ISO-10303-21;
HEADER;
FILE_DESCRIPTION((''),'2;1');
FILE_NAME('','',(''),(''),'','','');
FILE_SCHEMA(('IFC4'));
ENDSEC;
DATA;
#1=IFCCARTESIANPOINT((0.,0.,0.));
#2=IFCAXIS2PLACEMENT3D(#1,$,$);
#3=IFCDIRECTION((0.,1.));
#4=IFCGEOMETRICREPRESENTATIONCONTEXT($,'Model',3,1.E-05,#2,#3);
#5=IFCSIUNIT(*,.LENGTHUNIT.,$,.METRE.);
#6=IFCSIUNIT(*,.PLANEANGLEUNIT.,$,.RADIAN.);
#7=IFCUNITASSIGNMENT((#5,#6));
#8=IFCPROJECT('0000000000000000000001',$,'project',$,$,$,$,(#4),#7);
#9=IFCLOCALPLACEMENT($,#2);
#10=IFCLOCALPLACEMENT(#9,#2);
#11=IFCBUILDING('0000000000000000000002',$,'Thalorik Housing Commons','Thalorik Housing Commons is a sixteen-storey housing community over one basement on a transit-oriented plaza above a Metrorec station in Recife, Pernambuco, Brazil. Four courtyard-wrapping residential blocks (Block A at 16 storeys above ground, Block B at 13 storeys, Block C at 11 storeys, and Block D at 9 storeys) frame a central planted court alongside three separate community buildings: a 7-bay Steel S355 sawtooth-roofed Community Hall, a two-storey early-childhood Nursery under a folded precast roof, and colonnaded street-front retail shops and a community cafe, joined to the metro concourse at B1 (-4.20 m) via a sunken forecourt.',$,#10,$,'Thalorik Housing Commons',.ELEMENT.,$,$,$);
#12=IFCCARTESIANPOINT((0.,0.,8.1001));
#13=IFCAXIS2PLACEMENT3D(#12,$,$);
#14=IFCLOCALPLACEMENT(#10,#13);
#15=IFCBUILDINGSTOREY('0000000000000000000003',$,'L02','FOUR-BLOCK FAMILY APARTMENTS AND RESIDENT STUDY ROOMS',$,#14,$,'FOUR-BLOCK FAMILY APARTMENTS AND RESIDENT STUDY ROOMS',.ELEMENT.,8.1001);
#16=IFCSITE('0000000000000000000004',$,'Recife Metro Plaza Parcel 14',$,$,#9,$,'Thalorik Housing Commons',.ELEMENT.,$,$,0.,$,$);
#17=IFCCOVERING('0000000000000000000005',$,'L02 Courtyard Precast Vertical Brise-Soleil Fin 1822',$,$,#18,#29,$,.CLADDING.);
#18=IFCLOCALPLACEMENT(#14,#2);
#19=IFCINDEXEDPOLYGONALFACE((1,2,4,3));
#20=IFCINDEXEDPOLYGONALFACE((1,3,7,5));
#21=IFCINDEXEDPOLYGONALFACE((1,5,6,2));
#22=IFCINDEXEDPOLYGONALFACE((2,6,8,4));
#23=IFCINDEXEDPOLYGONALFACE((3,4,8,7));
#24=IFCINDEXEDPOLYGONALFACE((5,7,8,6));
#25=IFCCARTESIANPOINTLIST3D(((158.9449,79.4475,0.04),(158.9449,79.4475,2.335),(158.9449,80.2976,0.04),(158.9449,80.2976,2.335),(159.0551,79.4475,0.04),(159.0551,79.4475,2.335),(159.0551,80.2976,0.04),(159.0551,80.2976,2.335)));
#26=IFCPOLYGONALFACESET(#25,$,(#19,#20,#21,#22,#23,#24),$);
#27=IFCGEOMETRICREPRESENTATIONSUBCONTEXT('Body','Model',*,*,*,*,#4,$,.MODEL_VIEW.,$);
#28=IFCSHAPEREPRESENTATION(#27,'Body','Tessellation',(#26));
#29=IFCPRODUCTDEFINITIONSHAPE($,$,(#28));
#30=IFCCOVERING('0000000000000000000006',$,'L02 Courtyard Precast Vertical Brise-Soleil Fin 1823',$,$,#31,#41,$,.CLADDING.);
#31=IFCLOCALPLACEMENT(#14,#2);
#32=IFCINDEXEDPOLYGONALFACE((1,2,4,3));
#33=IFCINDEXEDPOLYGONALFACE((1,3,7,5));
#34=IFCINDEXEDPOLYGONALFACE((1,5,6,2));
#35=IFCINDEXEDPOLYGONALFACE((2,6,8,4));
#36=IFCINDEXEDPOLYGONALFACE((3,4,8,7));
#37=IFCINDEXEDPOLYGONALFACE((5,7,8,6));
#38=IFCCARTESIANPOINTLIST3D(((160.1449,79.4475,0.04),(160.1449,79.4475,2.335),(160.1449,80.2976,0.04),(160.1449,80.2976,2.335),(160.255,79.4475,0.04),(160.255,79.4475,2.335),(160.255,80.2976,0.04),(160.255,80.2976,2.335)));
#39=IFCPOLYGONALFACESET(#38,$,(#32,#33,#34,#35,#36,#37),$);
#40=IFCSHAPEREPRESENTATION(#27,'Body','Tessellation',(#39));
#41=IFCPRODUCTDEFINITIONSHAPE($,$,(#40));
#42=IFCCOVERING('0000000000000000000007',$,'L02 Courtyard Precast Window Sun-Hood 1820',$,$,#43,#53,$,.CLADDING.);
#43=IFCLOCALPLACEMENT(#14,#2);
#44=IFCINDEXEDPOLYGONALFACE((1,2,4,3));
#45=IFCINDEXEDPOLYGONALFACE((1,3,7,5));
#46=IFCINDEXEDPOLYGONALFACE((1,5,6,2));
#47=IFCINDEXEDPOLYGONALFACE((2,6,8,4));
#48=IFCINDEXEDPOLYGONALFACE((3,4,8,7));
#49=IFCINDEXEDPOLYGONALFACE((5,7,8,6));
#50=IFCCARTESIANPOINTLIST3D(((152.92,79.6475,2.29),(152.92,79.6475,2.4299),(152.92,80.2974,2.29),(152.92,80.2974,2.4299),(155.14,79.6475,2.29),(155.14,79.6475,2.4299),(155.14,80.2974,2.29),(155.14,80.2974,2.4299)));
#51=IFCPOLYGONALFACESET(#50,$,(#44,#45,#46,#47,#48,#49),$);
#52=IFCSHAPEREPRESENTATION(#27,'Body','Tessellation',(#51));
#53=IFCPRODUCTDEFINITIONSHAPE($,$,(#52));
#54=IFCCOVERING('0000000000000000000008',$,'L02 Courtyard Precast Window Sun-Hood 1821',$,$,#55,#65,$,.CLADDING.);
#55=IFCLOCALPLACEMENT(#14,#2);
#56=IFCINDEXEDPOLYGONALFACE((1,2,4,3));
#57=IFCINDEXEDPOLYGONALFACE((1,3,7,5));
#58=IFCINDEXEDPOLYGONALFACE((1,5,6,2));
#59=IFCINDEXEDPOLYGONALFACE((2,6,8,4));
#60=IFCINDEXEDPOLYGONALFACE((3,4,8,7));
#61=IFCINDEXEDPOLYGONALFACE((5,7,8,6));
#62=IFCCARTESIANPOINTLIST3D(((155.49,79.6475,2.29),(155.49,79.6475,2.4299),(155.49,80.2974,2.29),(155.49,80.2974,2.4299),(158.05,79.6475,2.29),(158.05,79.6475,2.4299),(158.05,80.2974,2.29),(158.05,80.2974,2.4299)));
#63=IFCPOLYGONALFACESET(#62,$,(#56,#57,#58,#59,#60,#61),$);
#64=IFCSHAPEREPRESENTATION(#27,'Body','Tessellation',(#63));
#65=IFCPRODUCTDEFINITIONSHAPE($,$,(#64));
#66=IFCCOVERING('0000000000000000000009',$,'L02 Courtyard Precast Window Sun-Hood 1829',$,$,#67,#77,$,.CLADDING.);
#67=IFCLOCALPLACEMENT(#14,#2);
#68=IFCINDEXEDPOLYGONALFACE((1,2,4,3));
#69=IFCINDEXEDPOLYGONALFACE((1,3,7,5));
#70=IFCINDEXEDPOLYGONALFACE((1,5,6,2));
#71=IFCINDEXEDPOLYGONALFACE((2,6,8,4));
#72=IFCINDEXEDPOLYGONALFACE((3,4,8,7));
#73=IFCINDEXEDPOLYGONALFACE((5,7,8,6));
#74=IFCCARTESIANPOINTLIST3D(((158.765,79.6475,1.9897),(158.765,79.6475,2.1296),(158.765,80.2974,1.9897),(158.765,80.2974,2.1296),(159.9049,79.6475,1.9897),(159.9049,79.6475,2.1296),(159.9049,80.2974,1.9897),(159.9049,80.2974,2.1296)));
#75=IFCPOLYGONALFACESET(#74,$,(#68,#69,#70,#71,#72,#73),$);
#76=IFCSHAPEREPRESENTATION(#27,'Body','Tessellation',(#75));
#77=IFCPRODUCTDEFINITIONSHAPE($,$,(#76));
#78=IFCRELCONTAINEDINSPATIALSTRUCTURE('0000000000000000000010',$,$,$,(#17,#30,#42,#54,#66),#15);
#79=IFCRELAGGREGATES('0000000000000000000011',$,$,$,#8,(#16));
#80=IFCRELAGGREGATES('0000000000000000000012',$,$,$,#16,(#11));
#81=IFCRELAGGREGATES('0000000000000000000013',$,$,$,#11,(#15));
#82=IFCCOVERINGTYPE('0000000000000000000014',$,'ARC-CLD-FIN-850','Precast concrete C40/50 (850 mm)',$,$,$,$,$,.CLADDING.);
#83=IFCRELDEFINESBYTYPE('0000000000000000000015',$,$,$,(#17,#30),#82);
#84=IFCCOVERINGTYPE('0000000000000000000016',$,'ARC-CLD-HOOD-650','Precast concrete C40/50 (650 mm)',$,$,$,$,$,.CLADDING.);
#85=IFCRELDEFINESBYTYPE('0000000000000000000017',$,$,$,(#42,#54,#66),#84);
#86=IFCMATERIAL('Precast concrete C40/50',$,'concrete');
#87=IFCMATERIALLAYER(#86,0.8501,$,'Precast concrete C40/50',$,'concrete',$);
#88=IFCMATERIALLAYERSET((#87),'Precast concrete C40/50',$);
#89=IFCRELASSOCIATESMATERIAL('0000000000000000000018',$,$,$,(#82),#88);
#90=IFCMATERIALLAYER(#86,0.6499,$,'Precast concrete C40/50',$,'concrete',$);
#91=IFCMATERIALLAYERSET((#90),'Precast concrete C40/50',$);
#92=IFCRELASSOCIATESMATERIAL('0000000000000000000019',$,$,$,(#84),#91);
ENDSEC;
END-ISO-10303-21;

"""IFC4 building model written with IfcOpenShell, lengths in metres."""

from ifc_helpers import new_model, si_unit, direction, frame, origin, origin_2d, place, context, subcontext, project, spatial, rectangle, extrude, material, layer, layer_set, type_object, element, save


model = new_model("IFC4")

# Units and contexts
model_context = context("Model", 3, precision=1e-05, world=origin(), true_north=direction((0.0, 1.0)))
body_context = subcontext(model_context, "Body", "Model", "MODEL_VIEW")
ifc_project = project(units=[si_unit("LENGTHUNIT", "METRE"), si_unit("PLANEANGLEUNIT", "RADIAN")], contexts=[model_context])

# Site, building, storey
site_placement = place(None, origin())
site = spatial("IfcSite", under=ifc_project, at=site_placement, Name="Recife Metro Plaza Parcel 14", LongName="Thalorik Housing Commons", CompositionType="ELEMENT", RefElevation=0.0)
building_placement = place(site_placement, origin())
building = spatial("IfcBuilding", under=site, at=building_placement, Name="Thalorik Housing Commons", Description="Thalorik Housing Commons is a sixteen-storey housing community over one basement on a transit-oriented plaza above a Metrorec station in Recife, Pernambuco, Brazil. Four courtyard-wrapping residential blocks (Block A at 16 storeys above ground, Block B at 13 storeys, Block C at 11 storeys, and Block D at 9 storeys) frame a central planted court alongside three separate community buildings: a 7-bay Steel S355 sawtooth-roofed Community Hall, a two-storey early-childhood Nursery under a folded precast roof, and colonnaded street-front retail shops and a community cafe, joined to the metro concourse at B1 (-4.20 m) via a sunken forecourt.", LongName="Thalorik Housing Commons", CompositionType="ELEMENT")
storey_placement = place(building_placement, frame((0.0, 0.0, 8.1001)))
storey = spatial("IfcBuildingStorey", under=building, at=storey_placement, Name="L02", Description="FOUR-BLOCK FAMILY APARTMENTS AND RESIDENT STUDY ROOMS", LongName="FOUR-BLOCK FAMILY APARTMENTS AND RESIDENT STUDY ROOMS", CompositionType="ELEMENT", Elevation=8.1001)

# Shared definitions
ifc_material_1 = material(Name="Precast concrete C40/50", Category="concrete")

# Coverings
ifc_layer_1 = layer(ifc_material_1, 0.8501, Name="Precast concrete C40/50", Category="concrete")
ifc_layer_set_1 = layer_set([ifc_layer_1], Name="Precast concrete C40/50")
covering_type_1 = type_object("IfcCoveringType", Name="ARC-CLD-FIN-850", Description="Precast concrete C40/50 (850 mm)", PredefinedType="CLADDING", material=ifc_layer_set_1)
for number, where, z_axis, x_axis, name in (
    (1, (159.0, 79.8726, 0.04), (0.0, 0.0, 1.0), (1.0, 0.0, 0.0), "L02 Courtyard Precast Vertical Brise-Soleil Fin 1822"),
    (2, (160.2, 79.8726, 0.04), (0.0, 0.0, 1.0), (1.0, 0.0, 0.0), "L02 Courtyard Precast Vertical Brise-Soleil Fin 1823"),
):
    element("IfcCovering", number, at=place(storey_placement, frame(where, z_axis=z_axis, x_axis=x_axis)), inside=storey, type_object=covering_type_1, Name=name, PredefinedType="CLADDING", context=body_context, shape_type="SweptSolid", body=[
        extrude(rectangle(XDim=0.1101, YDim=0.8501, at=origin_2d()), origin(), (0.0, 0.0, 1.0), 2.2949),
    ])
ifc_layer_2 = layer(ifc_material_1, 0.6499, Name="Precast concrete C40/50", Category="concrete")
ifc_layer_set_2 = layer_set([ifc_layer_2], Name="Precast concrete C40/50")
covering_type_2 = type_object("IfcCoveringType", Name="ARC-CLD-HOOD-650", Description="Precast concrete C40/50 (650 mm)", PredefinedType="CLADDING", material=ifc_layer_set_2)
covering_1_placement = place(storey_placement, frame((154.03, 79.9724, 2.29), z_axis=(0.0, 0.0, 1.0), x_axis=(1.0, 0.0, 0.0)))
element("IfcCovering", 3, at=covering_1_placement, inside=storey, type_object=covering_type_2, Name="L02 Courtyard Precast Window Sun-Hood 1820", PredefinedType="CLADDING", context=body_context, shape_type="SweptSolid", body=[
    extrude(rectangle(XDim=2.22, YDim=0.6499, at=origin_2d()), origin(), (0.0, 0.0, 1.0), 0.1399),
])
covering_2_placement = place(storey_placement, frame((156.77, 79.9724, 2.29), z_axis=(0.0, 0.0, 1.0), x_axis=(1.0, 0.0, 0.0)))
element("IfcCovering", 4, at=covering_2_placement, inside=storey, type_object=covering_type_2, Name="L02 Courtyard Precast Window Sun-Hood 1821", PredefinedType="CLADDING", context=body_context, shape_type="SweptSolid", body=[
    extrude(rectangle(XDim=2.5601, YDim=0.6499, at=origin_2d()), origin(), (0.0, 0.0, 1.0), 0.1399),
])
covering_3_placement = place(storey_placement, frame((159.335, 79.9724, 1.9897), z_axis=(0.0, 0.0, 1.0), x_axis=(1.0, 0.0, 0.0)))
element("IfcCovering", 5, at=covering_3_placement, inside=storey, type_object=covering_type_2, Name="L02 Courtyard Precast Window Sun-Hood 1829", PredefinedType="CLADDING", context=body_context, shape_type="SweptSolid", body=[
    extrude(rectangle(XDim=1.1399, YDim=0.6499, at=origin_2d()), origin(), (0.0, 0.0, 1.0), 0.1399),
])

save(model, "model.ifc")
